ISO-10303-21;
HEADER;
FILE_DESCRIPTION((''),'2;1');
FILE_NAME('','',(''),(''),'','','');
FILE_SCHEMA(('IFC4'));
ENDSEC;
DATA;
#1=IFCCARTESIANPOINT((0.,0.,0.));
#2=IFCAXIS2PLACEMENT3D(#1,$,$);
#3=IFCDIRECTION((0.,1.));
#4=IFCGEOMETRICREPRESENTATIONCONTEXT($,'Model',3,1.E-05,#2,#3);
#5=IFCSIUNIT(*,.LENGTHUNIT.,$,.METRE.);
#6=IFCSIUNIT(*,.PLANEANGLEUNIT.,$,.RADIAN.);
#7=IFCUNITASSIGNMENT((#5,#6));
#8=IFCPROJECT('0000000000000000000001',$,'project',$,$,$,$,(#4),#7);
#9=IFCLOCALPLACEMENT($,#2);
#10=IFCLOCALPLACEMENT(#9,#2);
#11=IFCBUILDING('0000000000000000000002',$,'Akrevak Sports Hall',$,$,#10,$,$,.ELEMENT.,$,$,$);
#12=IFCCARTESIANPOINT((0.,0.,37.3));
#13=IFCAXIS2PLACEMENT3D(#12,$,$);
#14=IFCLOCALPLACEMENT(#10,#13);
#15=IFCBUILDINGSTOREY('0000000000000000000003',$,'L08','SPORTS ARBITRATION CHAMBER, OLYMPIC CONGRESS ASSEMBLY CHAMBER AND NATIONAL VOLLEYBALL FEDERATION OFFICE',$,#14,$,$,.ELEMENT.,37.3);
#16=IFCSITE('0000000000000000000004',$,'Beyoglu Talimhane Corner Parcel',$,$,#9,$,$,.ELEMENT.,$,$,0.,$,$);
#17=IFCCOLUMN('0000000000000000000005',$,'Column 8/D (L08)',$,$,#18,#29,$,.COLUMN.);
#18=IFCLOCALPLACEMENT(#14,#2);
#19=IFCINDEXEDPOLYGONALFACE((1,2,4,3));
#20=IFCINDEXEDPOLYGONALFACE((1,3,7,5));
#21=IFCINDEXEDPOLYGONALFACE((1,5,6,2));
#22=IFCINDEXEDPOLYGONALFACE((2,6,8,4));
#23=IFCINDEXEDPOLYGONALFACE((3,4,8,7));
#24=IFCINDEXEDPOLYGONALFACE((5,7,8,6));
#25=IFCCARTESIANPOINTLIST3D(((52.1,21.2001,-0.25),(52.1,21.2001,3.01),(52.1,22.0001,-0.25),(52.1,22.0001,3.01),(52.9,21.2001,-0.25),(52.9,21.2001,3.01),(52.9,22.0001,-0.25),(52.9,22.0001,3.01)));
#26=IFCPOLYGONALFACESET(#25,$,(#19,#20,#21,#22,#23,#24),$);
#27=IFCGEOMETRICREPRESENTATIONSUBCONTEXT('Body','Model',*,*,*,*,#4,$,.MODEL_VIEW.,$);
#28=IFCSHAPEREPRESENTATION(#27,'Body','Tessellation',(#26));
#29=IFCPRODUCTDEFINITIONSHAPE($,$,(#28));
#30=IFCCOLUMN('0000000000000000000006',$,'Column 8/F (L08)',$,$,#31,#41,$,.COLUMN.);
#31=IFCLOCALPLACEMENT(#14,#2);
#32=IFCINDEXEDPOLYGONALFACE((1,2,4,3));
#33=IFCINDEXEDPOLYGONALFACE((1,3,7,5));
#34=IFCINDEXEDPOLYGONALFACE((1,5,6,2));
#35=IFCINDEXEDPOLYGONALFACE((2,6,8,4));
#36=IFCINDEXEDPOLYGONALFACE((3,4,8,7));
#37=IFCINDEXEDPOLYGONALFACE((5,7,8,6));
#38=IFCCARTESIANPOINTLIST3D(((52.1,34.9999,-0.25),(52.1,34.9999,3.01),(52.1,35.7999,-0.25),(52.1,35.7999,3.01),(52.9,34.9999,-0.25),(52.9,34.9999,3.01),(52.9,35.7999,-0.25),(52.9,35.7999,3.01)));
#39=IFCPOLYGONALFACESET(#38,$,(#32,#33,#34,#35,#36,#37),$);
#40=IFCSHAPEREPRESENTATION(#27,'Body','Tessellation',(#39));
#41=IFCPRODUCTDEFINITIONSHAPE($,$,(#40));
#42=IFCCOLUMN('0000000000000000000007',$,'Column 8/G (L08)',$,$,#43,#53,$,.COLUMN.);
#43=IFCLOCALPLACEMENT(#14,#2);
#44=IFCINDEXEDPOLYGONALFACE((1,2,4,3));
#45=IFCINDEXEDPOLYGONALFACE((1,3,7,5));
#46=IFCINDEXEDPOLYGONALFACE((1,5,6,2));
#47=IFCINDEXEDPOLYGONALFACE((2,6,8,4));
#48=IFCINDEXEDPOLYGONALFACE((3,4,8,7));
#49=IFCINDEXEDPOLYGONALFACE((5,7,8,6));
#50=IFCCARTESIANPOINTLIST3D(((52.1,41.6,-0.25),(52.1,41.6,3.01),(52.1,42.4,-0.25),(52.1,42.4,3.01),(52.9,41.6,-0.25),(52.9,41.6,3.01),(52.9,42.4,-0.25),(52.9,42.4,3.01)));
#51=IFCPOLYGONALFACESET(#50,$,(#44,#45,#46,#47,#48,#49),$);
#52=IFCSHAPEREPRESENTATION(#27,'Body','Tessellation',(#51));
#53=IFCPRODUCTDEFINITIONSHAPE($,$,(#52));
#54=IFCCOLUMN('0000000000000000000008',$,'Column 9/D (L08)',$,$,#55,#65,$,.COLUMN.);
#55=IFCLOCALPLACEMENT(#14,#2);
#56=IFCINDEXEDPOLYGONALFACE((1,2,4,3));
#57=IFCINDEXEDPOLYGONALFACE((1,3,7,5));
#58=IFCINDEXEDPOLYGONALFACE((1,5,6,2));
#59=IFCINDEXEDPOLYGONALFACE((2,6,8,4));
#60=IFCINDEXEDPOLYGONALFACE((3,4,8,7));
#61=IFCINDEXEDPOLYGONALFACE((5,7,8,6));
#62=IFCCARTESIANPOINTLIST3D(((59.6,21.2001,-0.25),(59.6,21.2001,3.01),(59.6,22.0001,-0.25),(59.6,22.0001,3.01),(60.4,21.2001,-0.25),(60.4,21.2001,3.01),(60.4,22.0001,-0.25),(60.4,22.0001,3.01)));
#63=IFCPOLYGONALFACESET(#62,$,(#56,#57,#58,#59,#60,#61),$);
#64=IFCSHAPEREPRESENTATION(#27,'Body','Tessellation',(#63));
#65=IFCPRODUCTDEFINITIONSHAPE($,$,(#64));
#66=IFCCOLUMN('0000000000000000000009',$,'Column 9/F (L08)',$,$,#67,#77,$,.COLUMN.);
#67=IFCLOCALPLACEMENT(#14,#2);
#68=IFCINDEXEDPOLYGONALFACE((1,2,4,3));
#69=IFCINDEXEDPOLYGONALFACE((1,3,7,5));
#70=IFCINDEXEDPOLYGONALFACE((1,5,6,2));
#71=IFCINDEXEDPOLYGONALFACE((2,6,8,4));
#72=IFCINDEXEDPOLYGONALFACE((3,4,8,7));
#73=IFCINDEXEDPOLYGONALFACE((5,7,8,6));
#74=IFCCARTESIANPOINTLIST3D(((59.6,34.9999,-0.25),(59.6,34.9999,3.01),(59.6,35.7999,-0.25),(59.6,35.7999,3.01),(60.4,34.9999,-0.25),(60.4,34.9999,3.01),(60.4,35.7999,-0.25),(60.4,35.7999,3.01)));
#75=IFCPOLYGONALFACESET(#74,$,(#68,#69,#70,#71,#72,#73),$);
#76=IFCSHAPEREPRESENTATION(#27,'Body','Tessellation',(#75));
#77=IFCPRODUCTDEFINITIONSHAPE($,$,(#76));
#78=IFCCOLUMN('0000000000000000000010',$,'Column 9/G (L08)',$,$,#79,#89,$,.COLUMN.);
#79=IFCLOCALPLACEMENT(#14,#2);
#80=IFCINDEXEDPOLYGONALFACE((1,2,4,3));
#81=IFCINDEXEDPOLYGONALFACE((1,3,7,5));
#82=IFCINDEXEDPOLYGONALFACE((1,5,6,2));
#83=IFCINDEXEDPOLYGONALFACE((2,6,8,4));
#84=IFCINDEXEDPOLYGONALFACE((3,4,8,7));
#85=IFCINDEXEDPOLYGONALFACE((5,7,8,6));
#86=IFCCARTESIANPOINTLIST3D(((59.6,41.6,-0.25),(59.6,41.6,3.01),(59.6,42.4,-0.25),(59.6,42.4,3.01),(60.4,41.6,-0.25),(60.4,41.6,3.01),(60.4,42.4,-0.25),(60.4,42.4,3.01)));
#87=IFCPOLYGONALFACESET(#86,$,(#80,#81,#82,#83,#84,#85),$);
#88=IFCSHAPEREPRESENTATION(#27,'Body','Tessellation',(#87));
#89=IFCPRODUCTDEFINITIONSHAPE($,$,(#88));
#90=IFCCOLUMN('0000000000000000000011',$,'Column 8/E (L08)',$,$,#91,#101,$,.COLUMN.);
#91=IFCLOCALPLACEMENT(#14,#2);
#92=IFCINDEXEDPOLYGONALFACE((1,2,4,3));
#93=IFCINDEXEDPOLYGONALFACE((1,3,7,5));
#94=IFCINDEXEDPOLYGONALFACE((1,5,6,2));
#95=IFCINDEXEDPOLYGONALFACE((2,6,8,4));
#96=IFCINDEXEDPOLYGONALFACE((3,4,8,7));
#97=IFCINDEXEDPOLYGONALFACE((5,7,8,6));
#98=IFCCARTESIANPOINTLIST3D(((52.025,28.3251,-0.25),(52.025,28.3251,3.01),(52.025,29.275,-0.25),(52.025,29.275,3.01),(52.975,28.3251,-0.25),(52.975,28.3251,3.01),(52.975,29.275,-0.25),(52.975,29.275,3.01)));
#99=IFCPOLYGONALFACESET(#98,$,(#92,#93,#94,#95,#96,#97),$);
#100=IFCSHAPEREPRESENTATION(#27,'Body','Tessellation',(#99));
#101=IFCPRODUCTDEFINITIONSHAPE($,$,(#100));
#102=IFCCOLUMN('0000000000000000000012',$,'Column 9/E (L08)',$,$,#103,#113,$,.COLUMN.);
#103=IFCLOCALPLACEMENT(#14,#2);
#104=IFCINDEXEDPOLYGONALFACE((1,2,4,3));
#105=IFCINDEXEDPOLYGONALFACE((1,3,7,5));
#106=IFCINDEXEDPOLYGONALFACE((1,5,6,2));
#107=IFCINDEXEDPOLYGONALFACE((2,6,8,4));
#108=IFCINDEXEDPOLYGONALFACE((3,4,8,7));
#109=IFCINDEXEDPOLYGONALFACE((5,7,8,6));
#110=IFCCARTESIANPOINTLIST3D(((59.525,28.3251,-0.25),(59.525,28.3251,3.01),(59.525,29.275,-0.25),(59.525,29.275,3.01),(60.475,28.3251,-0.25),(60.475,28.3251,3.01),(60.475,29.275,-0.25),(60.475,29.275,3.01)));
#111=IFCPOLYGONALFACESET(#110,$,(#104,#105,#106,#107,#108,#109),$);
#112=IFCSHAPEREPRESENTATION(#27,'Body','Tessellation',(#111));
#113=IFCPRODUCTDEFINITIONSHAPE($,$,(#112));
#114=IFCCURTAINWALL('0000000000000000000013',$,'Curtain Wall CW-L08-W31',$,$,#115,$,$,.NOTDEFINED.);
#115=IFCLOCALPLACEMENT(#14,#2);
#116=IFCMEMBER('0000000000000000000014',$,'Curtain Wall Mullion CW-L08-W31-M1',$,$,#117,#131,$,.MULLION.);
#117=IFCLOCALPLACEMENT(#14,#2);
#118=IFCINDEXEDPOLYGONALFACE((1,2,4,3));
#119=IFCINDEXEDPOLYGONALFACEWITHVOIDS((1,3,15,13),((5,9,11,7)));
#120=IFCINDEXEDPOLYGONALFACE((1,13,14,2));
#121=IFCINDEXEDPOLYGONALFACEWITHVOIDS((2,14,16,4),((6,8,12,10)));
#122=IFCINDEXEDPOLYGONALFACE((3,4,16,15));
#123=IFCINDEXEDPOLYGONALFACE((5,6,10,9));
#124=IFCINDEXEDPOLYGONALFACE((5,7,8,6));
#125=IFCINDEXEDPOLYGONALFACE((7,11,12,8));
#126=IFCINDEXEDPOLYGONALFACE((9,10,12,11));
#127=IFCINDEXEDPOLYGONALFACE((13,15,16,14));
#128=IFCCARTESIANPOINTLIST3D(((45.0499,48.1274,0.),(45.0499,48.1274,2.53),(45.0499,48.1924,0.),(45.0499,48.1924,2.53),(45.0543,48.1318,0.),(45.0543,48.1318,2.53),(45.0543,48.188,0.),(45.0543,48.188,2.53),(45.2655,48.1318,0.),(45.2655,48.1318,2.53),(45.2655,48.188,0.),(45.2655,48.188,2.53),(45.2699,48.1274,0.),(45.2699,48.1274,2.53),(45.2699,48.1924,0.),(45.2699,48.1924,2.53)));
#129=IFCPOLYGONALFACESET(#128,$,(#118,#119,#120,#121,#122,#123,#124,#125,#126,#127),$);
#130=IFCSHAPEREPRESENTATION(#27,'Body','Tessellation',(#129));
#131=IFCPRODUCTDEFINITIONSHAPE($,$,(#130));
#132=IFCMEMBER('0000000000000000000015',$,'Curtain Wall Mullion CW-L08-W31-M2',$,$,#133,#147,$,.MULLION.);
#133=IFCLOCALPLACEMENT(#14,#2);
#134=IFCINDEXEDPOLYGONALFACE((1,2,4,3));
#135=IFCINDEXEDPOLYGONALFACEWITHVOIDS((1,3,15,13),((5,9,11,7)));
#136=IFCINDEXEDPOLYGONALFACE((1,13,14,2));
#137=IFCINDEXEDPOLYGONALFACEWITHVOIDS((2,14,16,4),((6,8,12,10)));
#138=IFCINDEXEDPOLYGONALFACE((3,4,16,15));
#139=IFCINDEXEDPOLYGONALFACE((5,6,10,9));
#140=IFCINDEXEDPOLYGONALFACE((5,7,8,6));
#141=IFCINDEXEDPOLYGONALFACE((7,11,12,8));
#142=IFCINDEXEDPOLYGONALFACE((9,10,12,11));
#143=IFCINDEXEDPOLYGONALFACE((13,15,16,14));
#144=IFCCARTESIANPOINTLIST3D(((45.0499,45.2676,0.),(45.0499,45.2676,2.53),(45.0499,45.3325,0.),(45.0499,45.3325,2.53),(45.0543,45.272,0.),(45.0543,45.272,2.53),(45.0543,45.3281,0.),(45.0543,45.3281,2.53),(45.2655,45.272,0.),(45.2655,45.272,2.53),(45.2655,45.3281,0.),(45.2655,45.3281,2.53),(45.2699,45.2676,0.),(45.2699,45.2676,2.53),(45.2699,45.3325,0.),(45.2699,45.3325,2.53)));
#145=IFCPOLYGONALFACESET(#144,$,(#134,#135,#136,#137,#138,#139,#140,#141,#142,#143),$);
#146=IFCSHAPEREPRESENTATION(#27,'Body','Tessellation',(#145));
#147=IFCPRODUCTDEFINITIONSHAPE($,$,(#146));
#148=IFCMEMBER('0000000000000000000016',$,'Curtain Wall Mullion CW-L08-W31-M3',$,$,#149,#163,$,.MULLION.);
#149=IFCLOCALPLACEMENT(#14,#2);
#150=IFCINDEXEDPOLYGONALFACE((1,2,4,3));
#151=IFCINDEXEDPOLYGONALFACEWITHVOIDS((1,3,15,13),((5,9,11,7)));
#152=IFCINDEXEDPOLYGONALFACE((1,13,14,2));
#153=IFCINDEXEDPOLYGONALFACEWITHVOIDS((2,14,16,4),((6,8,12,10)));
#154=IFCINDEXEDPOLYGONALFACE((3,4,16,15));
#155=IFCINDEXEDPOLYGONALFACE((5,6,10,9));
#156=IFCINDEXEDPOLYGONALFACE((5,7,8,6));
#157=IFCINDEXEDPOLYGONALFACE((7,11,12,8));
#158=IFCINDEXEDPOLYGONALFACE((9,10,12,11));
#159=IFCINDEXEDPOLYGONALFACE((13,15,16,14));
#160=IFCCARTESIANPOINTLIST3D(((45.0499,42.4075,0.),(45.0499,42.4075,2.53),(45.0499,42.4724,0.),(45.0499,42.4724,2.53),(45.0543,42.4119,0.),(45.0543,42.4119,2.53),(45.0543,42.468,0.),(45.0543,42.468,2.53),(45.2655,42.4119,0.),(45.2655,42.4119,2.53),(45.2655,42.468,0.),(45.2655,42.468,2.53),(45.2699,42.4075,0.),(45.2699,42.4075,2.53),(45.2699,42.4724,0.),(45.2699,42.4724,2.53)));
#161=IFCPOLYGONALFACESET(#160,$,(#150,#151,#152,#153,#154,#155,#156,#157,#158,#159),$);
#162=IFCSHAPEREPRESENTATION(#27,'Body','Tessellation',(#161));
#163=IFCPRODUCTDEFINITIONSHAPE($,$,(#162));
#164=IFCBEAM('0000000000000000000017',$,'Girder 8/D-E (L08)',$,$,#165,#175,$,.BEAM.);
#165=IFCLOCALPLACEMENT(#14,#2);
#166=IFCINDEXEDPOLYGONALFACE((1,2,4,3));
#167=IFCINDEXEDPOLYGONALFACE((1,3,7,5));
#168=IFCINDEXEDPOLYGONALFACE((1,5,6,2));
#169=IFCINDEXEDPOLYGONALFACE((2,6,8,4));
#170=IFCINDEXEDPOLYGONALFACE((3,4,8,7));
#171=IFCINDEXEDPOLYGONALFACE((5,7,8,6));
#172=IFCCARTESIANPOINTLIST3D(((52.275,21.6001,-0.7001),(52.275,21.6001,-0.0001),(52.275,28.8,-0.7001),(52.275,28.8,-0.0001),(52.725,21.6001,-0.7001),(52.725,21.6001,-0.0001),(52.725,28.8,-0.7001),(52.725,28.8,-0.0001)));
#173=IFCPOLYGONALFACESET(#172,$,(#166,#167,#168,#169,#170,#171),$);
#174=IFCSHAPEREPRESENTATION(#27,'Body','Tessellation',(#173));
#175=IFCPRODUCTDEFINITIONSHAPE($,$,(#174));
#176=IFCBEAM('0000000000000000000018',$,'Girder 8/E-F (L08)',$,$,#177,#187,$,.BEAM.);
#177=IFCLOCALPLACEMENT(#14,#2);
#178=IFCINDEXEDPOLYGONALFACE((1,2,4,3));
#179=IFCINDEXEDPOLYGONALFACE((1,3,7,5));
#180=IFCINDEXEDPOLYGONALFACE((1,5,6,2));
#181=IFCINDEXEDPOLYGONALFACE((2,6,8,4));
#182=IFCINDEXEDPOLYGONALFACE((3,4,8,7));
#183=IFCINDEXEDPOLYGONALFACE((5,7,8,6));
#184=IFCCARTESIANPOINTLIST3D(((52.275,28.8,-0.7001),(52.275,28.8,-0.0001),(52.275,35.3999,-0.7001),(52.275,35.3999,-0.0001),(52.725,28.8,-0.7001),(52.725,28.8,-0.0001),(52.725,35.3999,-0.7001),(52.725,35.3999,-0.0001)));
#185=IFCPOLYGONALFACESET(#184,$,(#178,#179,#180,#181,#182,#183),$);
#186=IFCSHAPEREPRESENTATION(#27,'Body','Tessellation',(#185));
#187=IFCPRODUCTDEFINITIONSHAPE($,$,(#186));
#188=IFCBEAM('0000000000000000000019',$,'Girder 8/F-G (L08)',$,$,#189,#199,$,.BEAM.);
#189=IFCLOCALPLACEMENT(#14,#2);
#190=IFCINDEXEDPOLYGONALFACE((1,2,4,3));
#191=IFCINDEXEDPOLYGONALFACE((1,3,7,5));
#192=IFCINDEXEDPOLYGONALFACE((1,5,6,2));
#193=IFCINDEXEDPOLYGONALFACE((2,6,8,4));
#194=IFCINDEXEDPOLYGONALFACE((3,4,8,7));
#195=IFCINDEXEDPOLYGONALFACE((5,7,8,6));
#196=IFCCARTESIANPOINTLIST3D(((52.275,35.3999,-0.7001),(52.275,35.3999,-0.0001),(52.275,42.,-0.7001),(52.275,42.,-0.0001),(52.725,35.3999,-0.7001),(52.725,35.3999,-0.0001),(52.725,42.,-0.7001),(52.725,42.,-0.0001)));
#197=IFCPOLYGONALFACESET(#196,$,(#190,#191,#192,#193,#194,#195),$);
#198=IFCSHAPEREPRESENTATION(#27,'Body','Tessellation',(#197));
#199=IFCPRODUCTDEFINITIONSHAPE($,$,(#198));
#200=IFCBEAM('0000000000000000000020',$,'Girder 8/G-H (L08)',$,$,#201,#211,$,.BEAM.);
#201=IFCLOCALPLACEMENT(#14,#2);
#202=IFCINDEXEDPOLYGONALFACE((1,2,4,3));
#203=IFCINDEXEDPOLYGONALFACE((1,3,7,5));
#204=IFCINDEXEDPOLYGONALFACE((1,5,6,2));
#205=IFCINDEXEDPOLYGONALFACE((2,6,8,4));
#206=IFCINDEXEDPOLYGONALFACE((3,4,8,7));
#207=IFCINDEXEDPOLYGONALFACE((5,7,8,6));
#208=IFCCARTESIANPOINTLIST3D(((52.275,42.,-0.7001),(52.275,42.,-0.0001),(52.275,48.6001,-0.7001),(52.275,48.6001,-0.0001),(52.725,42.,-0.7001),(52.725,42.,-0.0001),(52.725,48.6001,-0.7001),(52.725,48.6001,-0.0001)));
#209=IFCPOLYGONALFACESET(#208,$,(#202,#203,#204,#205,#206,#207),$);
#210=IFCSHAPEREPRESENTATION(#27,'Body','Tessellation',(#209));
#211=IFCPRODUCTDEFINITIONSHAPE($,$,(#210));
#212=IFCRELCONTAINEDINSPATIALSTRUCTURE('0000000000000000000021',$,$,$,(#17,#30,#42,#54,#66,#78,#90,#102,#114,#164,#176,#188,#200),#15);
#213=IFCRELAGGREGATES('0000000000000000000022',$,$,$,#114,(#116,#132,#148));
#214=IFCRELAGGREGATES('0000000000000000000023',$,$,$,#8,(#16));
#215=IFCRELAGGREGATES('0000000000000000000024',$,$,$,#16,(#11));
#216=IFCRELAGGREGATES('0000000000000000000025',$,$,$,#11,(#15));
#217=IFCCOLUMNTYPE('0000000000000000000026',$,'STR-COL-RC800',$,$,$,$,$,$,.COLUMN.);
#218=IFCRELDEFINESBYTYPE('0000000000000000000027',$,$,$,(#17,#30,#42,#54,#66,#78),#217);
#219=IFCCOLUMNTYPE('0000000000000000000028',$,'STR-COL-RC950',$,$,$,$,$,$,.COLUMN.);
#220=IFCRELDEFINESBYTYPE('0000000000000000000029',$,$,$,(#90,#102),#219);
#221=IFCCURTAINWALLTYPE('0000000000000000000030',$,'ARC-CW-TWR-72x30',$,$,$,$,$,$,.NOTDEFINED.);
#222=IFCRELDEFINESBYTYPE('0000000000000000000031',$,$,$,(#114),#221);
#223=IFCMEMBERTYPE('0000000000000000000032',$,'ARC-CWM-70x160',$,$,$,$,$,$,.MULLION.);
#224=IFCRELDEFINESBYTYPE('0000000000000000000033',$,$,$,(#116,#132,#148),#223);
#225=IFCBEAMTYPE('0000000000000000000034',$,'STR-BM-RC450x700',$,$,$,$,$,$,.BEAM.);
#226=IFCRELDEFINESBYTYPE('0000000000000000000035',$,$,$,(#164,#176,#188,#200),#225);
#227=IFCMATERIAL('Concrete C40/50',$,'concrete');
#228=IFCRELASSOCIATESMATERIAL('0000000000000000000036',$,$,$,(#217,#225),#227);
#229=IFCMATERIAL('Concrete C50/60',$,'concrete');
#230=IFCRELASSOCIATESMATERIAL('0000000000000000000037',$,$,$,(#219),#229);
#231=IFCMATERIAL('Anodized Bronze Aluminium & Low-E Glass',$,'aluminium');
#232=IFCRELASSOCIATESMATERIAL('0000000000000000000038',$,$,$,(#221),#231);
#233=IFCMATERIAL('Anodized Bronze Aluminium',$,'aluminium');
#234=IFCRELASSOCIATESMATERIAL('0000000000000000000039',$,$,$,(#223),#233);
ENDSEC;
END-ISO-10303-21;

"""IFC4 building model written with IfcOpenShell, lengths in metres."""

from ifc_helpers import new_model, si_unit, direction, frame, origin, origin_2d, place, context, subcontext, project, spatial, rectangle, hollow_rectangle, extrude, material, material_profile, profile_set, type_object, element, aggregate, save


model = new_model("IFC4")

# Units and contexts
model_context = context("Model", 3, precision=1e-05, world=origin(), true_north=direction((0.0, 1.0)))
body_context = subcontext(model_context, "Body", "Model", "MODEL_VIEW")
ifc_project = project(units=[si_unit("LENGTHUNIT", "METRE"), si_unit("PLANEANGLEUNIT", "RADIAN")], contexts=[model_context])

# Site, building, storey
site_placement = place(None, origin())
site = spatial("IfcSite", under=ifc_project, at=site_placement, Name="Beyoglu Talimhane Corner Parcel", CompositionType="ELEMENT", RefElevation=0.0)
building_placement = place(site_placement, origin())
building = spatial("IfcBuilding", under=site, at=building_placement, Name="Akrevak Sports Hall", CompositionType="ELEMENT")
storey_placement = place(building_placement, frame((0.0, 0.0, 37.3)))
storey = spatial("IfcBuildingStorey", under=building, at=storey_placement, Name="L08", Description="SPORTS ARBITRATION CHAMBER, OLYMPIC CONGRESS ASSEMBLY CHAMBER AND NATIONAL VOLLEYBALL FEDERATION OFFICE", CompositionType="ELEMENT", Elevation=37.3)

# Columns
ifc_material_1 = material(Name="Concrete C40/50", Category="concrete")
ifc_material_profile_1 = material_profile(ifc_material_1, rectangle(XDim=0.8, YDim=0.8, at=origin_2d()), Name="RC 800x800", Category="concrete")
ifc_profile_set_1 = profile_set([ifc_material_profile_1], Name="Concrete C40/50")
column_type_1 = type_object("IfcColumnType", Name="STR-COL-RC800", PredefinedType="COLUMN", material=ifc_profile_set_1)
for number, where, z_axis, x_axis, name in (
    (1, (52.5, 21.6001, -0.25), (0.0, 0.0, 1.0), (1.0, 0.0, 0.0), "Column 8/D (L08)"),
    (2, (52.5, 35.3999, -0.25), (0.0, 0.0, 1.0), (1.0, 0.0, 0.0), "Column 8/F (L08)"),
    (3, (52.5, 42.0, -0.25), (0.0, 0.0, 1.0), (1.0, 0.0, 0.0), "Column 8/G (L08)"),
    (4, (60.0, 21.6001, -0.25), (0.0, 0.0, 1.0), (1.0, 0.0, 0.0), "Column 9/D (L08)"),
    (5, (60.0, 35.3999, -0.25), (0.0, 0.0, 1.0), (1.0, 0.0, 0.0), "Column 9/F (L08)"),
    (6, (60.0, 42.0, -0.25), (0.0, 0.0, 1.0), (1.0, 0.0, 0.0), "Column 9/G (L08)"),
):
    element("IfcColumn", number, at=place(storey_placement, frame(where, z_axis=z_axis, x_axis=x_axis)), inside=storey, type_object=column_type_1, Name=name, PredefinedType="COLUMN", context=body_context, shape_type="SweptSolid", body=[
        extrude(rectangle(XDim=0.8, YDim=0.8, at=origin_2d()), origin(), (0.0, 0.0, 1.0), 3.26),
    ])
ifc_material_2 = material(Name="Concrete C50/60", Category="concrete")
ifc_material_profile_2 = material_profile(ifc_material_2, rectangle(XDim=0.95, YDim=0.95, at=origin_2d()), Name="RC 950x950", Category="concrete")
ifc_profile_set_2 = profile_set([ifc_material_profile_2], Name="Concrete C50/60")
column_type_2 = type_object("IfcColumnType", Name="STR-COL-RC950", PredefinedType="COLUMN", material=ifc_profile_set_2)
for number, where, z_axis, x_axis, name in (
    (7, (52.5, 28.8, -0.25), (0.0, 0.0, 1.0), (1.0, 0.0, 0.0), "Column 8/E (L08)"),
    (8, (60.0, 28.8, -0.25), (0.0, 0.0, 1.0), (1.0, 0.0, 0.0), "Column 9/E (L08)"),
):
    element("IfcColumn", number, at=place(storey_placement, frame(where, z_axis=z_axis, x_axis=x_axis)), inside=storey, type_object=column_type_2, Name=name, PredefinedType="COLUMN", context=body_context, shape_type="SweptSolid", body=[
        extrude(rectangle(XDim=0.95, YDim=0.95, at=origin_2d()), origin(), (0.0, 0.0, 1.0), 3.26),
    ])

# Curtain wall, members
ifc_material_3 = material(Name="Anodized Bronze Aluminium & Low-E Glass", Category="aluminium")
curtain_wall_type = type_object("IfcCurtainWallType", Name="ARC-CW-TWR-72x30", PredefinedType="NOTDEFINED", material=ifc_material_3)
curtain_wall_placement = place(storey_placement, origin())
curtain_wall = element("IfcCurtainWall", 9, at=curtain_wall_placement, inside=storey, type_object=curtain_wall_type, Name="Curtain Wall CW-L08-W31", PredefinedType="NOTDEFINED")
ifc_material_4 = material(Name="Anodized Bronze Aluminium", Category="aluminium")
ifc_material_profile_3 = material_profile(ifc_material_4, hollow_rectangle(XDim=0.0649, YDim=0.22, WallThickness=0.0044, at=origin_2d()), Name="CWM 65x220", Category="aluminium")
ifc_profile_set_3 = profile_set([ifc_material_profile_3], Name="Anodized Bronze Aluminium")
member_type = type_object("IfcMemberType", Name="ARC-CWM-70x160", PredefinedType="MULLION", material=ifc_profile_set_3)
member_1_placement = place(storey_placement, frame((45.1599, 48.1599, 0.0), z_axis=(0.0, 0.0, 1.0), x_axis=(0.0, -1.0, 0.0)))
member_1 = element("IfcMember", 10, at=member_1_placement, type_object=member_type, Name="Curtain Wall Mullion CW-L08-W31-M1", PredefinedType="MULLION", context=body_context, shape_type="SweptSolid", body=[
    extrude(hollow_rectangle(XDim=0.0649, YDim=0.22, WallThickness=0.0044, at=origin_2d()), origin(), (0.0, 0.0, 1.0), 2.53),
])
member_2_placement = place(storey_placement, frame((45.1599, 45.3, 0.0), z_axis=(0.0, 0.0, 1.0), x_axis=(0.0, -1.0, 0.0)))
member_2 = element("IfcMember", 11, at=member_2_placement, type_object=member_type, Name="Curtain Wall Mullion CW-L08-W31-M2", PredefinedType="MULLION", context=body_context, shape_type="SweptSolid", body=[
    extrude(hollow_rectangle(XDim=0.0649, YDim=0.22, WallThickness=0.0044, at=origin_2d()), origin(), (0.0, 0.0, 1.0), 2.53),
])
member_3_placement = place(storey_placement, frame((45.1599, 42.4399, 0.0), z_axis=(0.0, 0.0, 1.0), x_axis=(0.0, -1.0, 0.0)))
member_3 = element("IfcMember", 12, at=member_3_placement, type_object=member_type, Name="Curtain Wall Mullion CW-L08-W31-M3", PredefinedType="MULLION", context=body_context, shape_type="SweptSolid", body=[
    extrude(hollow_rectangle(XDim=0.0649, YDim=0.22, WallThickness=0.0044, at=origin_2d()), origin(), (0.0, 0.0, 1.0), 2.53),
])

# Beams
ifc_material_profile_4 = material_profile(ifc_material_1, rectangle(XDim=0.45, YDim=0.7, at=origin_2d()), Name="BM 450x700", Category="concrete")
ifc_profile_set_4 = profile_set([ifc_material_profile_4], Name="Concrete C40/50")
beam_type_1 = type_object("IfcBeamType", Name="STR-BM-RC450x700", PredefinedType="BEAM", material=ifc_profile_set_4)
beam_1_placement = place(storey_placement, frame((52.5, 21.6001, -0.3501), z_axis=(0.0, 1.0, 0.0), x_axis=(-1.0, 0.0, 0.0)))
element("IfcBeam", 13, at=beam_1_placement, inside=storey, type_object=beam_type_1, Name="Girder 8/D-E (L08)", PredefinedType="BEAM", context=body_context, shape_type="SweptSolid", body=[
    extrude(rectangle(XDim=0.45, YDim=0.7, at=origin_2d()), origin(), (0.0, 0.0, 1.0), 7.2),
])
beam_2_placement = place(storey_placement, frame((52.5, 28.8, -0.3501), z_axis=(0.0, 1.0, 0.0), x_axis=(-1.0, 0.0, 0.0)))
element("IfcBeam", 14, at=beam_2_placement, inside=storey, type_object=beam_type_1, Name="Girder 8/E-F (L08)", PredefinedType="BEAM", context=body_context, shape_type="SweptSolid", body=[
    extrude(rectangle(XDim=0.45, YDim=0.7, at=origin_2d()), origin(), (0.0, 0.0, 1.0), 6.5999),
])
for number, where, z_axis, x_axis, name in (
    (15, (52.5, 35.3999, -0.3501), (0.0, 1.0, 0.0), (-1.0, 0.0, 0.0), "Girder 8/F-G (L08)"),
    (16, (52.5, 42.0, -0.3501), (0.0, 1.0, 0.0), (-1.0, 0.0, 0.0), "Girder 8/G-H (L08)"),
):
    element("IfcBeam", number, at=place(storey_placement, frame(where, z_axis=z_axis, x_axis=x_axis)), inside=storey, type_object=beam_type_1, Name=name, PredefinedType="BEAM", context=body_context, shape_type="SweptSolid", body=[
        extrude(rectangle(XDim=0.45, YDim=0.7, at=origin_2d()), origin(), (0.0, 0.0, 1.0), 6.6001),
    ])

aggregate(curtain_wall, [member_1, member_2, member_3])

save(model, "model.ifc")
